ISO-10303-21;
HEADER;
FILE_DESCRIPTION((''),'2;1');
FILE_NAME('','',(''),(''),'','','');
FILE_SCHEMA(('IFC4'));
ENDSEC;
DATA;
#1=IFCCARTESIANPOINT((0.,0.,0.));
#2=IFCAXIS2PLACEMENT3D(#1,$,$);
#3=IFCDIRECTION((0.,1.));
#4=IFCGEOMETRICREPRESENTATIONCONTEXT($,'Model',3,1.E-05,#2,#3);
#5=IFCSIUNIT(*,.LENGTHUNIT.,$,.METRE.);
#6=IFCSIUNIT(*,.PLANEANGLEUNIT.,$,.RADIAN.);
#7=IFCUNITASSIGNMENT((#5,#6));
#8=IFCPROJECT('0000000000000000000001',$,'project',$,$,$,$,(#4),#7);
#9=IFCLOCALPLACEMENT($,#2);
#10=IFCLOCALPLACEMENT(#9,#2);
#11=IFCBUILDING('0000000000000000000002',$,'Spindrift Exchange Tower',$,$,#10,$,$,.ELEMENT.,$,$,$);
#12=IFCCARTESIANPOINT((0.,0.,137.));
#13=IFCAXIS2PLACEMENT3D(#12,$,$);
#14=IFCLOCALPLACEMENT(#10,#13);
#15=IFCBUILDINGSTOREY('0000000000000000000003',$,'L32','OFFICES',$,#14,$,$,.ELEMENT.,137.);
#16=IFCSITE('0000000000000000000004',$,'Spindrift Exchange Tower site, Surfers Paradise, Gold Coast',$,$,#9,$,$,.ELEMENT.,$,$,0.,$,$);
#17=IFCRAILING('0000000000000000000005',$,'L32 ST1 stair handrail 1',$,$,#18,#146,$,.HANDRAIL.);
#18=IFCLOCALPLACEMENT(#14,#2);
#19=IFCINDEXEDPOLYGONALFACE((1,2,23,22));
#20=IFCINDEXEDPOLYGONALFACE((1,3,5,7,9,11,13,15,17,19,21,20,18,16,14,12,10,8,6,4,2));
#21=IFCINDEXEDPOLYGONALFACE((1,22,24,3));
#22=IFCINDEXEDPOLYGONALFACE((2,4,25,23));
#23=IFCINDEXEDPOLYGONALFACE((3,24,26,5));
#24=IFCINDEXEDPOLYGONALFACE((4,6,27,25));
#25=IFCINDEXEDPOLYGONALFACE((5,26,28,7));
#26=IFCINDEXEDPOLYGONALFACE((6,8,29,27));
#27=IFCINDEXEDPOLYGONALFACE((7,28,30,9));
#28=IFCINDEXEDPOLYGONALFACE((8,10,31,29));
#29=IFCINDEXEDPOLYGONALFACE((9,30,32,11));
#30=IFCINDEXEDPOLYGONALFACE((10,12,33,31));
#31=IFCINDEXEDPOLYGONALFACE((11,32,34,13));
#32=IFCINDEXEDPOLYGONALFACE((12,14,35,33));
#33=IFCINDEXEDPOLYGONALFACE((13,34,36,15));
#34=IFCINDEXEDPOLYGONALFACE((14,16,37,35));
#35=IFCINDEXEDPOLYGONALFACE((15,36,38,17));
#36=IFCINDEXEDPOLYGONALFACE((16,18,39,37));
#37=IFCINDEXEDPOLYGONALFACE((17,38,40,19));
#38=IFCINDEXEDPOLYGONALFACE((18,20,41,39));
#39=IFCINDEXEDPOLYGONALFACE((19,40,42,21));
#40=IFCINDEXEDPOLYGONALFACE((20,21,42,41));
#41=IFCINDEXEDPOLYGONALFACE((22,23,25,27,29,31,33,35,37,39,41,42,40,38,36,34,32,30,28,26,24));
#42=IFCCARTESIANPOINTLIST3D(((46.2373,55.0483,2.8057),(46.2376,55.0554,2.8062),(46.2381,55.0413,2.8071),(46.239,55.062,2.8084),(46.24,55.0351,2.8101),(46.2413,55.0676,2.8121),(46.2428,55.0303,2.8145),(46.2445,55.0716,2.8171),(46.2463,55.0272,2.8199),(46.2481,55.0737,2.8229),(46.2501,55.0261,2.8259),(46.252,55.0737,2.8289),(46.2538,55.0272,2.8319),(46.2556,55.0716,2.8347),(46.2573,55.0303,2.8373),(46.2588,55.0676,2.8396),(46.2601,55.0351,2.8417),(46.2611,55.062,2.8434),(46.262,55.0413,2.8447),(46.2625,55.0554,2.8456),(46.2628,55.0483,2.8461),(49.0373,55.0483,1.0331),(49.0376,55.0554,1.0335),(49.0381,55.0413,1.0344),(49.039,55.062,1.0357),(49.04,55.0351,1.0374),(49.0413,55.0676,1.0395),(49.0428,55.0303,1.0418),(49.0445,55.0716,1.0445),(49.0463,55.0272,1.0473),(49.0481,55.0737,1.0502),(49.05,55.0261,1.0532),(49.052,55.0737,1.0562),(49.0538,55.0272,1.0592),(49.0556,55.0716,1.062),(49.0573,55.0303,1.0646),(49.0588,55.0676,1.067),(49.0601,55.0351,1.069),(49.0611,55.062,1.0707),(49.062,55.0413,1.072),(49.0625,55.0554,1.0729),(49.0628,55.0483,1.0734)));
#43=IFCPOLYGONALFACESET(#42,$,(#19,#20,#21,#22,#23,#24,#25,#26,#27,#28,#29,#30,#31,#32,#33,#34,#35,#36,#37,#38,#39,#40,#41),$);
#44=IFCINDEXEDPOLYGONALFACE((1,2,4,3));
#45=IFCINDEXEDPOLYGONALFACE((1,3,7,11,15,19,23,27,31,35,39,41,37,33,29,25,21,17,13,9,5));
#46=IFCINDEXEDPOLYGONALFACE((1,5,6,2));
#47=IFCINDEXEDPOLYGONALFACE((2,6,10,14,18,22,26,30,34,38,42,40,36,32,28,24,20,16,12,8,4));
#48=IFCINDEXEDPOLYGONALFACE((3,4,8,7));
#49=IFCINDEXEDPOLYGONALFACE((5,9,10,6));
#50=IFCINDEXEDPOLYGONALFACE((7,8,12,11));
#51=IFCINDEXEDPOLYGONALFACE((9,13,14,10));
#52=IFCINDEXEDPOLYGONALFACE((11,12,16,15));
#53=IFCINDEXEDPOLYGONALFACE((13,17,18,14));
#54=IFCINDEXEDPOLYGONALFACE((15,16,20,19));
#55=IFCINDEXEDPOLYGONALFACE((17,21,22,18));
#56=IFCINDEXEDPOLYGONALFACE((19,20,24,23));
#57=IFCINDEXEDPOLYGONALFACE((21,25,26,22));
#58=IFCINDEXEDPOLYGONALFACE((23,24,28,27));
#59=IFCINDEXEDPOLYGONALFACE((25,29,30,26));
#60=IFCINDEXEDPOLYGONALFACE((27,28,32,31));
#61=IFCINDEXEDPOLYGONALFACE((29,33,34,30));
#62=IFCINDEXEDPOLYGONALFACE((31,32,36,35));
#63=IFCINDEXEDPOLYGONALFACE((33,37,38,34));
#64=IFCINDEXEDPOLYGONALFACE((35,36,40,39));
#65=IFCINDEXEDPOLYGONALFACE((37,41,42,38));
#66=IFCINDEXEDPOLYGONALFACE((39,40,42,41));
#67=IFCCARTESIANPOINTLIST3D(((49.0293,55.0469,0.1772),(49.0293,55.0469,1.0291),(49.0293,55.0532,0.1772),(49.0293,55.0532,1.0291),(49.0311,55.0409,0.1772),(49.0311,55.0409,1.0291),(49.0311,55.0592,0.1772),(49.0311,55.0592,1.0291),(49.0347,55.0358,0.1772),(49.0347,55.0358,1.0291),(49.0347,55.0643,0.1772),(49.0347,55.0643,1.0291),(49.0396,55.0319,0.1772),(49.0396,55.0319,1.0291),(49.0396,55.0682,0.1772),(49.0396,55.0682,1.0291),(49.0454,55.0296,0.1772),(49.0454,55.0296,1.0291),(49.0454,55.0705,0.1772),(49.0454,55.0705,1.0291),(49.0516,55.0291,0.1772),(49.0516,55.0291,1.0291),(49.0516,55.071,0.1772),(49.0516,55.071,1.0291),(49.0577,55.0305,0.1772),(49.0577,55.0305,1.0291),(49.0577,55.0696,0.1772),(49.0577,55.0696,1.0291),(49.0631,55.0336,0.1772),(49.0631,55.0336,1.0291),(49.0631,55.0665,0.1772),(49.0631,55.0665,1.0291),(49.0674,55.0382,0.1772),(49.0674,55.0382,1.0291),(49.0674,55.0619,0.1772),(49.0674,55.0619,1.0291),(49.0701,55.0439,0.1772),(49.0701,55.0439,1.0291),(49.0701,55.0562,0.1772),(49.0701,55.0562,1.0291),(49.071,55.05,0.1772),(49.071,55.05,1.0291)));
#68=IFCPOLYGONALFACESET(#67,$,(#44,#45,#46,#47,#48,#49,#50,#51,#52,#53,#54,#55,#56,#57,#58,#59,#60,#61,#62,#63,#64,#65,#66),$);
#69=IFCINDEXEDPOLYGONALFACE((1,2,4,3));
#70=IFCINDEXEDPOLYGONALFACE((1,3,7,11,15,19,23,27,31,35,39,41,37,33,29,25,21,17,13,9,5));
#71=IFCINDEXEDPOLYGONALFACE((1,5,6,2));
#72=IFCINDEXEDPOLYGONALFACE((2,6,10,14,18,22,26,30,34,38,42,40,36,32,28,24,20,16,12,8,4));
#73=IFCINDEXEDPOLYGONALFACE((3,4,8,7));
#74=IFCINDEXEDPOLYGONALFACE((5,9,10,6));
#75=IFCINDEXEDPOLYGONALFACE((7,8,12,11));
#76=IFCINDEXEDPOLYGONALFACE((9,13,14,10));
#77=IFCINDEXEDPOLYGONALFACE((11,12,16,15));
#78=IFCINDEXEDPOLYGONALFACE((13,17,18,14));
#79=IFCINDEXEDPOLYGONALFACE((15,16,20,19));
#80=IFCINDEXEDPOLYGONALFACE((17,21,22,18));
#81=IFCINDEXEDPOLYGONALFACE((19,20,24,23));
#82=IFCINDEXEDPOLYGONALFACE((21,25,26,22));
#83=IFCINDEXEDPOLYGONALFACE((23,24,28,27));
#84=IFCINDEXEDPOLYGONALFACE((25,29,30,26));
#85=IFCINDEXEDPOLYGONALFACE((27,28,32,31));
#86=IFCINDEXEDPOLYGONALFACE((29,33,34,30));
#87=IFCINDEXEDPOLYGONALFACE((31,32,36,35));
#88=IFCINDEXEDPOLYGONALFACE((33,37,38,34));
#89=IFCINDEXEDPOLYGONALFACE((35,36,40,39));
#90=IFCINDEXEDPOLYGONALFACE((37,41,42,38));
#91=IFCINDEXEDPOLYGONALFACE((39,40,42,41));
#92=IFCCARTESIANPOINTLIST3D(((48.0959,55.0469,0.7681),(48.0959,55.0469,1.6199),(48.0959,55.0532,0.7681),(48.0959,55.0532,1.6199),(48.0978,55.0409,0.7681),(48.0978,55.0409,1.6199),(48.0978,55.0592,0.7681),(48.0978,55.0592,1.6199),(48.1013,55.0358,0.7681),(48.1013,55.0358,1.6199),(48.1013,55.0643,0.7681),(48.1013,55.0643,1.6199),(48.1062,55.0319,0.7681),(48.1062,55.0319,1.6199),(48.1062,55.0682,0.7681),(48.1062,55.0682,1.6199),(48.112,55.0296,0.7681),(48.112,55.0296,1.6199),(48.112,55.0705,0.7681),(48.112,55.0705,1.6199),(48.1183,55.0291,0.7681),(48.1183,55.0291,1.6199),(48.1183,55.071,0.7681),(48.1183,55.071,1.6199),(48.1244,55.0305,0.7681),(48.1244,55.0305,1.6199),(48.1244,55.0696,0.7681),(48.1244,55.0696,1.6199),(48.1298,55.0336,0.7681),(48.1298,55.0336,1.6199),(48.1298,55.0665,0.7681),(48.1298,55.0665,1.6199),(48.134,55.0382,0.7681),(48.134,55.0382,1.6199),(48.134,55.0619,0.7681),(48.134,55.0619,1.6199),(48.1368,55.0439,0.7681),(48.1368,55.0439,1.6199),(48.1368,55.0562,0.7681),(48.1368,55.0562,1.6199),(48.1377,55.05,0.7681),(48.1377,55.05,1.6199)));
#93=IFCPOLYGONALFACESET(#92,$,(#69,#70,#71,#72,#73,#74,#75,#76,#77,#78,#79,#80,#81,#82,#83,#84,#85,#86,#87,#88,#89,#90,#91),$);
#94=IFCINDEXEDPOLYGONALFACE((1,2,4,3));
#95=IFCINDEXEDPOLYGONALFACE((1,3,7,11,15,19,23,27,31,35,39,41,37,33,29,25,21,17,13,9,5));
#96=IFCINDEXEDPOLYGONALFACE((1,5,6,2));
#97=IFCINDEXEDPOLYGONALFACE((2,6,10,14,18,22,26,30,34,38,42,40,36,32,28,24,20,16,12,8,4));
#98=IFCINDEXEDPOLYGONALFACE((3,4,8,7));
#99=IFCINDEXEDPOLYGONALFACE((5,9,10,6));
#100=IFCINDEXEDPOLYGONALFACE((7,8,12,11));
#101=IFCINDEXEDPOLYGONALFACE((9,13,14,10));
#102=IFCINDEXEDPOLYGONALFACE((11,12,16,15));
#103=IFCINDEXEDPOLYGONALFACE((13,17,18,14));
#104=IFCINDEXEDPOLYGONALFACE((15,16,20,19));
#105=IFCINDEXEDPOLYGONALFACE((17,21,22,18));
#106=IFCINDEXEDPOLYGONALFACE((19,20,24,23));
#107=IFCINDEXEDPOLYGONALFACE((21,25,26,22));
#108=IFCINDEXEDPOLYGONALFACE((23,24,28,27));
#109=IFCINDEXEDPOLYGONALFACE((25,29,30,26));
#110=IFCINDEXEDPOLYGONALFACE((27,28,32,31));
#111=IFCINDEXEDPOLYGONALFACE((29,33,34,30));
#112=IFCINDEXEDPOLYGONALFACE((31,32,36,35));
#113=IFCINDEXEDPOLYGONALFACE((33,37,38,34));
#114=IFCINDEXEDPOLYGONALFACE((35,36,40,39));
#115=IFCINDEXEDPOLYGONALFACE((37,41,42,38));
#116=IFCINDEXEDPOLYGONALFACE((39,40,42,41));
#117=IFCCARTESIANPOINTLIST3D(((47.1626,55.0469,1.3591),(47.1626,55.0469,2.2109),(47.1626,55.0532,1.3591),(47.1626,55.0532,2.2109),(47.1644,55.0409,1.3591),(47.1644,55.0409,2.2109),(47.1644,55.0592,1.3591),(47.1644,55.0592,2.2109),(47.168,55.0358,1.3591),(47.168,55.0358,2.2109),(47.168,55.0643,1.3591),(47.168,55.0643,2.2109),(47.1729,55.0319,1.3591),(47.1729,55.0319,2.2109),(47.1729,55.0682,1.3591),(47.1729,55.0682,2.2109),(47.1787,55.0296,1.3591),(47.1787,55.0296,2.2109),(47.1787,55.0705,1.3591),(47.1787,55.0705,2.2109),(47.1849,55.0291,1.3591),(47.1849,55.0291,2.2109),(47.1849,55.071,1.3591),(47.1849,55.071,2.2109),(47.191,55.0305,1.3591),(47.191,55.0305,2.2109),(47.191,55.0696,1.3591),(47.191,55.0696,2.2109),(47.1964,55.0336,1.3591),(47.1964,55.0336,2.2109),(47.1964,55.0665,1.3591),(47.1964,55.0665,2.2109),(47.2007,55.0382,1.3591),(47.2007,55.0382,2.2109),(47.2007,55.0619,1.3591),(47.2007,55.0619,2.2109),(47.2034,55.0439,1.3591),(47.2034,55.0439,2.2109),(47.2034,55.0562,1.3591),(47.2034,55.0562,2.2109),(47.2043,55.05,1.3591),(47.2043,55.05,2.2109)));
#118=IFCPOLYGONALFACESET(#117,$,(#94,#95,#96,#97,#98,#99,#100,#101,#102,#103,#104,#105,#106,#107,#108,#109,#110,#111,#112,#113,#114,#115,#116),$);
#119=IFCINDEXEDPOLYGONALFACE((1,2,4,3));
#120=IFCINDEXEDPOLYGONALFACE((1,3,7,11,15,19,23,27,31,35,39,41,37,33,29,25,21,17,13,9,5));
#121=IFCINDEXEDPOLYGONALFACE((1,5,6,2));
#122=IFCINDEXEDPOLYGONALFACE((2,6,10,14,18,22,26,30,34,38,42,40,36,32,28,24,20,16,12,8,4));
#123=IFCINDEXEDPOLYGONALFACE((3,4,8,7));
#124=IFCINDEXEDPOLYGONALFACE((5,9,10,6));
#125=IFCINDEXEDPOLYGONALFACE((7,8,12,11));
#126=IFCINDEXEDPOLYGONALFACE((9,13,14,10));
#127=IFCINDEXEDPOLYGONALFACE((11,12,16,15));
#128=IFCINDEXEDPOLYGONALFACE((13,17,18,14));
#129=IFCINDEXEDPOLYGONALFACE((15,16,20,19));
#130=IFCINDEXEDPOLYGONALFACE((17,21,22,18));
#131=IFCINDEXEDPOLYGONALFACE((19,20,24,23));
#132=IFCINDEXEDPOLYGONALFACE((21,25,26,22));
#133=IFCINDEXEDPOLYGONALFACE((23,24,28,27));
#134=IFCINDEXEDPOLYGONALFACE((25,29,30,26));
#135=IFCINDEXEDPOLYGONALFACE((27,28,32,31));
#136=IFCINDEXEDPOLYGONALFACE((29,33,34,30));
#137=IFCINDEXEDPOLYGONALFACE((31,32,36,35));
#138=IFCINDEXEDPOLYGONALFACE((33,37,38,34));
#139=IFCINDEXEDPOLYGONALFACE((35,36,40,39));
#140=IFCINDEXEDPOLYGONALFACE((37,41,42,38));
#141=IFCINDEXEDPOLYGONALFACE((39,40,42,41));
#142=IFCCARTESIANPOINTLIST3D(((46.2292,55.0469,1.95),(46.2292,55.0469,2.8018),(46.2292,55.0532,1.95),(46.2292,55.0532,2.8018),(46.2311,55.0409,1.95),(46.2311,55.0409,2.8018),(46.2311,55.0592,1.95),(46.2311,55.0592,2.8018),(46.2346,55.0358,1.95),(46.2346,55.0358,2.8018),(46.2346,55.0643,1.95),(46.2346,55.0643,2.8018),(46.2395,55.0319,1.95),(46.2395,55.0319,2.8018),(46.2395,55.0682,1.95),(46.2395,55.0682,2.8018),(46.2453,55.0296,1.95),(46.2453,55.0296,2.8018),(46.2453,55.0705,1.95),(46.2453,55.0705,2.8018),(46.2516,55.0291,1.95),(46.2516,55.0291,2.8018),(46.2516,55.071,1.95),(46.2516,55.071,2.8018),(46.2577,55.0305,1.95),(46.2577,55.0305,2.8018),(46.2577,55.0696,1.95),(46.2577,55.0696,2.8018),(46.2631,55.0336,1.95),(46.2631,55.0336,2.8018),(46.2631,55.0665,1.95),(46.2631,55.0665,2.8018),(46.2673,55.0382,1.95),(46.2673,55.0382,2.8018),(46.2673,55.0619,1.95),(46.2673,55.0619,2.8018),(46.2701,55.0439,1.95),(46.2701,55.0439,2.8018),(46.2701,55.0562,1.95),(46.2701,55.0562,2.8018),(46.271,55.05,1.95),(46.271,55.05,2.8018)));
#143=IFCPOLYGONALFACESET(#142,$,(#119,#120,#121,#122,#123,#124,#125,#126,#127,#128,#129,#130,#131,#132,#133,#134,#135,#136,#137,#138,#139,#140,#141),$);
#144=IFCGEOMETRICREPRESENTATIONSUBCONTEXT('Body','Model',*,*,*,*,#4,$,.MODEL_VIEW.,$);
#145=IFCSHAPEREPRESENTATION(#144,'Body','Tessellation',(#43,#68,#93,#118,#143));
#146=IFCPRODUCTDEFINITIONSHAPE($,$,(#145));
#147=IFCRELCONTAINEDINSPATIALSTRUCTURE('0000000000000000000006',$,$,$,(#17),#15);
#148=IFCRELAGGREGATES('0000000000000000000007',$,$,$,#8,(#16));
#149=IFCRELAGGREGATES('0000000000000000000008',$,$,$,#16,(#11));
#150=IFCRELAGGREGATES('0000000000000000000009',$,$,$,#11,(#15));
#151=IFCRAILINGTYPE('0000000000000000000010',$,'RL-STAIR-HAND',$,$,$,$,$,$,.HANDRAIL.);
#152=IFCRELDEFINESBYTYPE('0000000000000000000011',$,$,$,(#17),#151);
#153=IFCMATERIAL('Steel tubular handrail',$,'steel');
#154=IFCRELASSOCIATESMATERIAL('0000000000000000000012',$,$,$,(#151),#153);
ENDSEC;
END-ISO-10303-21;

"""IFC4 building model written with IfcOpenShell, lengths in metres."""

from ifc_helpers import new_model, si_unit, direction, frame, origin, origin_2d, place, context, subcontext, project, spatial, circle, extrude, material, type_object, element, save


model = new_model("IFC4")

# Units and contexts
model_context = context("Model", 3, precision=1e-05, world=origin(), true_north=direction((0.0, 1.0)))
body_context = subcontext(model_context, "Body", "Model", "MODEL_VIEW")
ifc_project = project(units=[si_unit("LENGTHUNIT", "METRE"), si_unit("PLANEANGLEUNIT", "RADIAN")], contexts=[model_context])

# Site, building, storey
site_placement = place(None, origin())
site = spatial("IfcSite", under=ifc_project, at=site_placement, Name="Spindrift Exchange Tower site, Surfers Paradise, Gold Coast", CompositionType="ELEMENT", RefElevation=0.0)
building_placement = place(site_placement, origin())
building = spatial("IfcBuilding", under=site, at=building_placement, Name="Spindrift Exchange Tower", CompositionType="ELEMENT")
storey_placement = place(building_placement, frame((0.0, 0.0, 137.0)))
storey = spatial("IfcBuildingStorey", under=building, at=storey_placement, Name="L32", Description="OFFICES", CompositionType="ELEMENT", Elevation=137.0)

# Railing
ifc_material_1 = material(Name="Steel tubular handrail", Category="steel")
railing_type_1 = type_object("IfcRailingType", Name="RL-STAIR-HAND", PredefinedType="HANDRAIL", material=ifc_material_1)
railing_1_placement = place(storey_placement, frame((49.05, 55.05, 0.1772)))
element("IfcRailing", 1, at=railing_1_placement, inside=storey, type_object=railing_type_1, Name="L32 ST1 stair handrail 1", PredefinedType="HANDRAIL", context=body_context, shape_type="SweptSolid", body=[
    extrude(circle(Radius=0.0239, at=origin_2d()), frame((0.0, 0.0, 0.876), z_axis=(-0.844909, 0.0, 0.53491), x_axis=(0.0, -1.0, 0.0)), (0.0, 0.0, 1.0), 3.314),
    extrude(circle(Radius=0.021, at=origin_2d()), origin(), (0.0, 0.0, 1.0), 0.8518),
    extrude(circle(Radius=0.021, at=origin_2d()), frame((-0.9333, 0.0, 0.5908)), (0.0, 0.0, 1.0), 0.8518),
    extrude(circle(Radius=0.021, at=origin_2d()), frame((-1.8667, 0.0, 1.1819)), (0.0, 0.0, 1.0), 0.8518),
    extrude(circle(Radius=0.021, at=origin_2d()), frame((-2.8, 0.0, 1.7727)), (0.0, 0.0, 1.0), 0.8518),
])

save(model, "model.ifc")
